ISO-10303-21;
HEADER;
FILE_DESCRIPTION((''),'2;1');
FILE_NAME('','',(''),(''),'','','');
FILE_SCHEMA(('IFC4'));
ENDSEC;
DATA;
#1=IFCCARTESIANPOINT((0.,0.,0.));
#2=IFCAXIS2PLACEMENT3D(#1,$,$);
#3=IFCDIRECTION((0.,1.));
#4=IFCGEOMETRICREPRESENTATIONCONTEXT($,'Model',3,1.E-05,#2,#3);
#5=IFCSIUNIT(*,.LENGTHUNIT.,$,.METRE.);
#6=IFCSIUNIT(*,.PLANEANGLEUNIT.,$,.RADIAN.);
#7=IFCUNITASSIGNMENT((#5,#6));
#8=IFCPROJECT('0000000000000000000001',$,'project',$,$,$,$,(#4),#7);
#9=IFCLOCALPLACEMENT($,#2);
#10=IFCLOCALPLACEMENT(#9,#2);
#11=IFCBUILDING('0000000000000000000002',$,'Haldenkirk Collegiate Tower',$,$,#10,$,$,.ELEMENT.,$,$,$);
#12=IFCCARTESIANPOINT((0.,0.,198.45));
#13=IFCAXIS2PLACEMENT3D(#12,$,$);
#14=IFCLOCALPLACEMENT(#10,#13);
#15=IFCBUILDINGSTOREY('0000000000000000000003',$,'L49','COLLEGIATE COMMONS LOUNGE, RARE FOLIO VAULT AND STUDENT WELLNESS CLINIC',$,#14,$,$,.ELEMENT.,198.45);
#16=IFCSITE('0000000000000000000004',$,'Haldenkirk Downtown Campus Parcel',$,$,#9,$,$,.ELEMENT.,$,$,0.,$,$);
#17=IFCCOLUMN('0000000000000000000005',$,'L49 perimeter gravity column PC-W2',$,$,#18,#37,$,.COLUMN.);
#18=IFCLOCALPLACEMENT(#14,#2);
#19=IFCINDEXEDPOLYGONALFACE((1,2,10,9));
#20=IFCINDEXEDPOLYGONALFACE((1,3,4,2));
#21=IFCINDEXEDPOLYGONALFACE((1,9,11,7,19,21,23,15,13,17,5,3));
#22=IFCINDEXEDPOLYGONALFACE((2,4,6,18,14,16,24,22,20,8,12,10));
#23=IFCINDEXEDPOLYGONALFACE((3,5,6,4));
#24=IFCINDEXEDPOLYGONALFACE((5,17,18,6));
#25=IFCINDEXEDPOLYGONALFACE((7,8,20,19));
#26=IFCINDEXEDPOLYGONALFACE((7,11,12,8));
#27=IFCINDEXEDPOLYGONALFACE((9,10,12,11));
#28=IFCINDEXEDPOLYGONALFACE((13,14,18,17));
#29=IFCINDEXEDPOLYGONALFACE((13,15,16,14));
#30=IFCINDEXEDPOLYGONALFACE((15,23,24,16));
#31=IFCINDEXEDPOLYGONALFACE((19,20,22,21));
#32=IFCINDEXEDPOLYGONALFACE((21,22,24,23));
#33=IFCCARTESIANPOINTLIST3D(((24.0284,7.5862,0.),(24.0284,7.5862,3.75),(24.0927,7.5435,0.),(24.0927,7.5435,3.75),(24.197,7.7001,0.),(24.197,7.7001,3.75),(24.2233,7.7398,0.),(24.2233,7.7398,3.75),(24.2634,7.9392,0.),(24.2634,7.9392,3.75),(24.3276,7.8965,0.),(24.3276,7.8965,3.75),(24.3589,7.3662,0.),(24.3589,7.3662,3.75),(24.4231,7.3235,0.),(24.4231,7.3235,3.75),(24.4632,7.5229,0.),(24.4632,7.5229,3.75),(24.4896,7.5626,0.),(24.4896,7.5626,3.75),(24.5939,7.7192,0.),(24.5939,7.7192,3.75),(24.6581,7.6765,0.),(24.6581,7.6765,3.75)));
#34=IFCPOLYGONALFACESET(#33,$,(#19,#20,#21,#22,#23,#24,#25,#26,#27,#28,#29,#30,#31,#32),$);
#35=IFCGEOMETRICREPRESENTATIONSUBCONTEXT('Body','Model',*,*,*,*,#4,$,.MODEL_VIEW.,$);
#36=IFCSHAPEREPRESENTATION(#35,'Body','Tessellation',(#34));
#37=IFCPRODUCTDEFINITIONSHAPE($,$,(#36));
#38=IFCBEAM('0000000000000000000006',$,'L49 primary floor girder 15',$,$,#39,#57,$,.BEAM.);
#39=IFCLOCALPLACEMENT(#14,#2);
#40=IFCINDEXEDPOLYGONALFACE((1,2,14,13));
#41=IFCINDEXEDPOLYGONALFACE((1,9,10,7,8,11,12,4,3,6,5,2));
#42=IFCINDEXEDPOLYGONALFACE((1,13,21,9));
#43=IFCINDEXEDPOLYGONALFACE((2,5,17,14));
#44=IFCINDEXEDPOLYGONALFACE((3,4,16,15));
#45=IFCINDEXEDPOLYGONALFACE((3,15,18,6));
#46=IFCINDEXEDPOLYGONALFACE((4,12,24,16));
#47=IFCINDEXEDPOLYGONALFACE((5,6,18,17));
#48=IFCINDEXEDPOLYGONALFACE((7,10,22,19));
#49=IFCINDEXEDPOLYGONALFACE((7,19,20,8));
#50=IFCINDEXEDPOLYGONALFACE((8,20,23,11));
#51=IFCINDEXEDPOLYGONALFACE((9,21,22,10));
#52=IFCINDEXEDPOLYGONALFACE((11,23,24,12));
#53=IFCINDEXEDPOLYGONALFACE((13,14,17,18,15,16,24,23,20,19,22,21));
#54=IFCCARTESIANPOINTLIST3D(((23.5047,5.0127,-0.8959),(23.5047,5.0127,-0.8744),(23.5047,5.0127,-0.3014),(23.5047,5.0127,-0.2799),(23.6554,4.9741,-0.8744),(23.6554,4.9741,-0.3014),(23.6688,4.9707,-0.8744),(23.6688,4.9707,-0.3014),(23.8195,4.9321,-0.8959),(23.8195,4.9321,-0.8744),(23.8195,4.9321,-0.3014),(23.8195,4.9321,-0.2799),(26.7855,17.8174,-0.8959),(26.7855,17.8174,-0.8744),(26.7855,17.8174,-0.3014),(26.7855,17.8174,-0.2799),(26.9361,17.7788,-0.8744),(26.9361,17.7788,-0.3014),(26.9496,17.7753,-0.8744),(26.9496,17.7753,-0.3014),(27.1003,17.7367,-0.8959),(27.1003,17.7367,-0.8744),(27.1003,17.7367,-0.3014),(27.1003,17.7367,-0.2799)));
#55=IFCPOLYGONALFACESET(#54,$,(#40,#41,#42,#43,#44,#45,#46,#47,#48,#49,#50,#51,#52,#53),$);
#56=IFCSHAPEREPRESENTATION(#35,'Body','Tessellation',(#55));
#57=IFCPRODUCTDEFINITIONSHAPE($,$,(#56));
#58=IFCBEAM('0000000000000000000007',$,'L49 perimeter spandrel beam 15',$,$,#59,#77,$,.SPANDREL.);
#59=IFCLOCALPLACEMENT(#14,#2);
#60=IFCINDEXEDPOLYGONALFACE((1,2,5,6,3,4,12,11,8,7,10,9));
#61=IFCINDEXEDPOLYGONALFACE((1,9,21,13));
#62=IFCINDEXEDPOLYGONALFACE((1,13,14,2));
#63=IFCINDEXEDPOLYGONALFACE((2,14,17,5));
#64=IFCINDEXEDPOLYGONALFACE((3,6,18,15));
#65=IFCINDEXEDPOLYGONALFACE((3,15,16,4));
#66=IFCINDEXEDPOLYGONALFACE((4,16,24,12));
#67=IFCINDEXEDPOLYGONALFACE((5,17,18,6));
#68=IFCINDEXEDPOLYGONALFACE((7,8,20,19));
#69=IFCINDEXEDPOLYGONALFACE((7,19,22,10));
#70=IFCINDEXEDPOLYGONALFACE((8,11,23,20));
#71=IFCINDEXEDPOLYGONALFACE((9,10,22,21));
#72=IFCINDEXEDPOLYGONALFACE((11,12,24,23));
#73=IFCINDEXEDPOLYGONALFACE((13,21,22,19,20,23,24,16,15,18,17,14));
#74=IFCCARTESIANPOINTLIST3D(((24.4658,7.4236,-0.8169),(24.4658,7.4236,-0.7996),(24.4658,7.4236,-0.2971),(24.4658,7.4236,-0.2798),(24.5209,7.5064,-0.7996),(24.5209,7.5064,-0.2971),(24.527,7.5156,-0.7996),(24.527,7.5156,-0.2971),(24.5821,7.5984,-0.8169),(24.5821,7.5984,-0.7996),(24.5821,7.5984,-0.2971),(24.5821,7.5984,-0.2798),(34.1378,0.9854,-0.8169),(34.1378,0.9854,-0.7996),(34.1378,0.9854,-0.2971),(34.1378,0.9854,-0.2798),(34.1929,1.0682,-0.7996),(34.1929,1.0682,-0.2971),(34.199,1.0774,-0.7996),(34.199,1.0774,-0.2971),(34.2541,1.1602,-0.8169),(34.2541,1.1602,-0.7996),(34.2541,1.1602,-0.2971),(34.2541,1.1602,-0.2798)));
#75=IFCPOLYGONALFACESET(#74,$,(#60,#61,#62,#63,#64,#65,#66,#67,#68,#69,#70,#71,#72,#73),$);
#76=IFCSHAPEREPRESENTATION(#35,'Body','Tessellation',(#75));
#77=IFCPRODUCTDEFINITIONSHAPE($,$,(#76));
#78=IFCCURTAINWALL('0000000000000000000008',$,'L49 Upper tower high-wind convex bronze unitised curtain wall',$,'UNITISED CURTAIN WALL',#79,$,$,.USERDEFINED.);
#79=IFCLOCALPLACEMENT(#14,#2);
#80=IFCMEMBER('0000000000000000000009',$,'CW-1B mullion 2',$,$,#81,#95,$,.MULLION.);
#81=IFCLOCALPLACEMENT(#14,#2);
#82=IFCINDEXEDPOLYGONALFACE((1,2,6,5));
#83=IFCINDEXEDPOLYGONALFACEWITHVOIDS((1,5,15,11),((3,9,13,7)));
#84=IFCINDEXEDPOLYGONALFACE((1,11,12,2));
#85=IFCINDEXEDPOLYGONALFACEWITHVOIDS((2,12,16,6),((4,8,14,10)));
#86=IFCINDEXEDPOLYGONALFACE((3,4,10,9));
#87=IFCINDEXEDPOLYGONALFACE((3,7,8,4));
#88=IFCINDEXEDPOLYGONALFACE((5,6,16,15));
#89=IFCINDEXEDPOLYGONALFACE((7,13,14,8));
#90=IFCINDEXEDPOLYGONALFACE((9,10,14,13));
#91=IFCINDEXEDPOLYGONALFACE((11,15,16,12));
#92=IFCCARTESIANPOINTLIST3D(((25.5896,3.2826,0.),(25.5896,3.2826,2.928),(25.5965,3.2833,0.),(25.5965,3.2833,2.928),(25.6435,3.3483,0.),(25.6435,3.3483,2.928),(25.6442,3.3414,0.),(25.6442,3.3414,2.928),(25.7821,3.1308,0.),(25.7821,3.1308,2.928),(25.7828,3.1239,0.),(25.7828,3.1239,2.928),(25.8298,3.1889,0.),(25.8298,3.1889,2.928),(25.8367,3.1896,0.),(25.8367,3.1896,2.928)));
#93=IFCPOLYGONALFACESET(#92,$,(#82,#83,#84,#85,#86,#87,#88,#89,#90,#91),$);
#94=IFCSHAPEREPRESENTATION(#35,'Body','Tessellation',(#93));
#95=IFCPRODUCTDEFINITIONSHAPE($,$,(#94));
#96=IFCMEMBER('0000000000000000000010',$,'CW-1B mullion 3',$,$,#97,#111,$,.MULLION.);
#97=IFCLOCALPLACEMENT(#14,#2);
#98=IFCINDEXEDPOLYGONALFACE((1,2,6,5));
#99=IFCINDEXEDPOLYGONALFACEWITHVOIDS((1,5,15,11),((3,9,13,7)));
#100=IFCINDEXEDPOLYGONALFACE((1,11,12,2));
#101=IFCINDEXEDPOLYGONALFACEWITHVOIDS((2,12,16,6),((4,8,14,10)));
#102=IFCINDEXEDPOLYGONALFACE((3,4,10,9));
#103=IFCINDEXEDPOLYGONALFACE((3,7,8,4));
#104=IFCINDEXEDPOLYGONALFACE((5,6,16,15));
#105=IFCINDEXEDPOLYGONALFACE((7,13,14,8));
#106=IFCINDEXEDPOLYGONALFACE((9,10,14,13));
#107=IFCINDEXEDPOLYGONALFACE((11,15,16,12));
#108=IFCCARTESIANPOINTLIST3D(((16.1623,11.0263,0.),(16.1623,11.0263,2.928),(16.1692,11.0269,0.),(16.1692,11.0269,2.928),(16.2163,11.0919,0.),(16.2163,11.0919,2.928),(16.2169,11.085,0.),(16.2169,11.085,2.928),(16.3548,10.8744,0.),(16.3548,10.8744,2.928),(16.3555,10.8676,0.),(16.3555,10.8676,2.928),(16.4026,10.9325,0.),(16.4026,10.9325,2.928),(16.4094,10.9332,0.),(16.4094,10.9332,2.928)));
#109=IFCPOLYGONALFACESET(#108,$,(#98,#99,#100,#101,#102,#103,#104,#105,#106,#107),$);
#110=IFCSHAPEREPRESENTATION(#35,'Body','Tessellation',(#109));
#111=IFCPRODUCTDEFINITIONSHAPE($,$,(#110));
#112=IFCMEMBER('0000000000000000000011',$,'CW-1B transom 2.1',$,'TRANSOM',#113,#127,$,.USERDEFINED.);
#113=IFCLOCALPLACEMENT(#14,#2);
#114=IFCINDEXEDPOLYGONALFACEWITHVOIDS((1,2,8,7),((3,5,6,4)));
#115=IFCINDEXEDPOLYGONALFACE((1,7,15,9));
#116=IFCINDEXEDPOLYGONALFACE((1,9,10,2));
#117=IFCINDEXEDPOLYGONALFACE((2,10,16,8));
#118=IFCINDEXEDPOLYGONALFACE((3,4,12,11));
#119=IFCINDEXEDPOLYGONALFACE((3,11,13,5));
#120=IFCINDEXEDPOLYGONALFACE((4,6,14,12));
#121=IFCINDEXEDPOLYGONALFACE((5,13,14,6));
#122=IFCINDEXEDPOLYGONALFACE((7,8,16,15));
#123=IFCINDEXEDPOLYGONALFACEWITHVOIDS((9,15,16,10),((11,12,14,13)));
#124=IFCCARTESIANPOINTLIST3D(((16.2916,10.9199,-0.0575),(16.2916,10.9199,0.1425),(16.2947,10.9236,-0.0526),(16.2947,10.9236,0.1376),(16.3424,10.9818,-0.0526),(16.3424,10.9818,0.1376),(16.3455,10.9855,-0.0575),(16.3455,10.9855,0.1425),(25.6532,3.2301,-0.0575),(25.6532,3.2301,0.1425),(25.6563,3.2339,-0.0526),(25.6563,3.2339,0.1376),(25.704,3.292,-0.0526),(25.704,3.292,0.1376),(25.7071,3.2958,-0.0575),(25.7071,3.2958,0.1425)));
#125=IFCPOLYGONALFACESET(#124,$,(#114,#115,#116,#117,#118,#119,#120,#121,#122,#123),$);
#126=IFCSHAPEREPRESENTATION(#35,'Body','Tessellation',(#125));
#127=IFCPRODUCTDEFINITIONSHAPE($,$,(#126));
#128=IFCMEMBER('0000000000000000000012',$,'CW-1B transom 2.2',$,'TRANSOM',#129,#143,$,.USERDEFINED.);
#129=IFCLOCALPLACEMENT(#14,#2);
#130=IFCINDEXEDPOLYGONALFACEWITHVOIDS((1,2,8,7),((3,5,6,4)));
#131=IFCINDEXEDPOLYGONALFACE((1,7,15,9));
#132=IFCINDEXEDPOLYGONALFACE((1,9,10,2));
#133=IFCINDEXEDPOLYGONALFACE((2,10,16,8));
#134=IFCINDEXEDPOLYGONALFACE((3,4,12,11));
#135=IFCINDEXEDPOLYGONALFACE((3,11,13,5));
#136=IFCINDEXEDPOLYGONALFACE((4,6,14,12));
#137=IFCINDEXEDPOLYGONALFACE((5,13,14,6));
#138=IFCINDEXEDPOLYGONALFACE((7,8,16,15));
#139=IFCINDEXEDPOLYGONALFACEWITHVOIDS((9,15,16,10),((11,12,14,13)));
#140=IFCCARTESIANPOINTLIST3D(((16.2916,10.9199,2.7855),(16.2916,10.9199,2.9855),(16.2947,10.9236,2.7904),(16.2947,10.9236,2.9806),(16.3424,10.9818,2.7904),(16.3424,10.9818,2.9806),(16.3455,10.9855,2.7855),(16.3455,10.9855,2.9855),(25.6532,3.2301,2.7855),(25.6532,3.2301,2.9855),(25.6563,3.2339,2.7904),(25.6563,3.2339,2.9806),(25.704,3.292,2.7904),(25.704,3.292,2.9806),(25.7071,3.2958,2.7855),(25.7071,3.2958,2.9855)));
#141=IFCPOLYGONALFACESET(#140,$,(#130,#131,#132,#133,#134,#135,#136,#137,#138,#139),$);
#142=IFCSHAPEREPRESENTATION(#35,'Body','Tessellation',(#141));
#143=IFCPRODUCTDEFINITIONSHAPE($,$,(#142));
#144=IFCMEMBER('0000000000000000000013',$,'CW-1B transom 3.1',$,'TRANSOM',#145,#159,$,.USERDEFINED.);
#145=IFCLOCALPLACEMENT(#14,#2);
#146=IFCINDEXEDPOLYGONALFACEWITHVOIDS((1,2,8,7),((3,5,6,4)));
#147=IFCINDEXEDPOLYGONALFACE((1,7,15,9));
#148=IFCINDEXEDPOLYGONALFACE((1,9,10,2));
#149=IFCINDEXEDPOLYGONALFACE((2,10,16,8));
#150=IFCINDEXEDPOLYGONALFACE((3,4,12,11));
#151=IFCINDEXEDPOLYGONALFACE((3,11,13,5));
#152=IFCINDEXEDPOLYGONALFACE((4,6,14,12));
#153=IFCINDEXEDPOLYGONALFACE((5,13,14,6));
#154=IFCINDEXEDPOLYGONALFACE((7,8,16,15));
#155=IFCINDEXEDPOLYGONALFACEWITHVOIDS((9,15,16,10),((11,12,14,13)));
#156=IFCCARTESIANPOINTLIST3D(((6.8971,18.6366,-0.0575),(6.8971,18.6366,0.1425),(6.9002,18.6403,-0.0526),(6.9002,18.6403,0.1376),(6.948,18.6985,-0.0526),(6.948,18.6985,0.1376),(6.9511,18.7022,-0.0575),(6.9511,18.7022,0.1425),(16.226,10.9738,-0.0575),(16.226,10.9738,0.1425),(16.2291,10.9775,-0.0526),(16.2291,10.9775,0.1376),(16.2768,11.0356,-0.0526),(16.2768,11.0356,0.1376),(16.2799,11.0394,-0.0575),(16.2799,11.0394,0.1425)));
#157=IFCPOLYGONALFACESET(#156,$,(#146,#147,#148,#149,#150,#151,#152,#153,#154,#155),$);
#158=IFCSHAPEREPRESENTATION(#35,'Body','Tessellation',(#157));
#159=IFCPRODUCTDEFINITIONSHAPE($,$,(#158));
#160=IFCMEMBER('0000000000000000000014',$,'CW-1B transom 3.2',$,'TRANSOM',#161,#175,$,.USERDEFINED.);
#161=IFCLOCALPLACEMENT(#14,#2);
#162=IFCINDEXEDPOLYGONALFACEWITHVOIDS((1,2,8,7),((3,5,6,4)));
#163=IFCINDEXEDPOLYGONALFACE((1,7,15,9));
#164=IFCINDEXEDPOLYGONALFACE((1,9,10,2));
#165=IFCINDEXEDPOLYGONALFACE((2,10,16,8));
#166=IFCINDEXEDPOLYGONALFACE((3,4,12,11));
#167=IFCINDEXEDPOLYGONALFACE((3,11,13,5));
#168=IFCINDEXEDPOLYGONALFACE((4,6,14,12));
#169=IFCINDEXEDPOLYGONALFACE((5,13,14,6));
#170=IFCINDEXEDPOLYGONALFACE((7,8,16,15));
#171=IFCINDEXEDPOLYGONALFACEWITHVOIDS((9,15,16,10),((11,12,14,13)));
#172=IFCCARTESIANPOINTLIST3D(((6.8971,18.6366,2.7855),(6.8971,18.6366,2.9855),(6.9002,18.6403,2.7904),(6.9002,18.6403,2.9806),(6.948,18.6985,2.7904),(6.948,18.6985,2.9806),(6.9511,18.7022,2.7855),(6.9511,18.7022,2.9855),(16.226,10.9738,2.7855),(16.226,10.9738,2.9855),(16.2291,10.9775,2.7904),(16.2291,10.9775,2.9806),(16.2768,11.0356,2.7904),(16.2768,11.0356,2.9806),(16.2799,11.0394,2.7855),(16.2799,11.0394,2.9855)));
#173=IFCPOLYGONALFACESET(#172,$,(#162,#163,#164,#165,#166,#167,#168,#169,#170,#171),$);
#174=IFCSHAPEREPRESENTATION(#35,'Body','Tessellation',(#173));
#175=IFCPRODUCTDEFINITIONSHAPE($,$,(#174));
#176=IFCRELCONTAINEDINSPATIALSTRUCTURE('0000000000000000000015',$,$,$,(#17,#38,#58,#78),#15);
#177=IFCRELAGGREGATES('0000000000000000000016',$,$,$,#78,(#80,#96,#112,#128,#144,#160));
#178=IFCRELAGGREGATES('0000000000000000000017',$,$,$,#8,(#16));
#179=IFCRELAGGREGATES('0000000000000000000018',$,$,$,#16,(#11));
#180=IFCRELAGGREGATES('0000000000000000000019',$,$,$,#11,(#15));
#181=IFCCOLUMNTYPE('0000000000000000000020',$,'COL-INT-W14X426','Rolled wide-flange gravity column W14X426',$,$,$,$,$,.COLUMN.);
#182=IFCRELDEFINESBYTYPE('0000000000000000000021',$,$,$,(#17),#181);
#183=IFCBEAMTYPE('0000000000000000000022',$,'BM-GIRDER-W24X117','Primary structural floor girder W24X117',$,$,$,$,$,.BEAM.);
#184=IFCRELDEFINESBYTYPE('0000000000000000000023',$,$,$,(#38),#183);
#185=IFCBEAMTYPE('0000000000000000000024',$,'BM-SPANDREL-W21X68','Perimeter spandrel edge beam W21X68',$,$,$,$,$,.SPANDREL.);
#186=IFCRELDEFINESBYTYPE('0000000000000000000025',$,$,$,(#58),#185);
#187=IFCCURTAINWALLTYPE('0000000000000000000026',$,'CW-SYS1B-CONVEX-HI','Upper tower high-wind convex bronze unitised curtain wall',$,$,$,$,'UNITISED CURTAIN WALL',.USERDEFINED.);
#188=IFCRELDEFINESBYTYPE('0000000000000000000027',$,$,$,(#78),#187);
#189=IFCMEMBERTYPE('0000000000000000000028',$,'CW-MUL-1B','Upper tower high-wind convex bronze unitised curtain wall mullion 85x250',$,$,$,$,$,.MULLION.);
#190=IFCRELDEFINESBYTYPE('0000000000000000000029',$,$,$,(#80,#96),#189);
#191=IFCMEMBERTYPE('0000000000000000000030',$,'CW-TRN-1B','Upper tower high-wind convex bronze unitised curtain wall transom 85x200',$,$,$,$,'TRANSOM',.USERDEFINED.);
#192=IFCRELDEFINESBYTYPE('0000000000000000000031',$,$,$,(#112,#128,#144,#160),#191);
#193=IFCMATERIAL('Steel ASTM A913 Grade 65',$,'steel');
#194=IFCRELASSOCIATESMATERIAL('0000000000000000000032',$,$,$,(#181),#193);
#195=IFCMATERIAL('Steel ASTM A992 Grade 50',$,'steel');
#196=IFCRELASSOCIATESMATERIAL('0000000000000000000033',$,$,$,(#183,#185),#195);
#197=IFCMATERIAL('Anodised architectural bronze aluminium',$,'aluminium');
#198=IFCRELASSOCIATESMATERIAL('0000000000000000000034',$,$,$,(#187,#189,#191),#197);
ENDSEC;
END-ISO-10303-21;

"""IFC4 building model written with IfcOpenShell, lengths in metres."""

from ifc_helpers import new_model, si_unit, direction, frame, origin, origin_2d, place, context, subcontext, project, spatial, hollow_rectangle, i_section, extrude, material, material_profile, profile_set, type_object, element, aggregate, save


model = new_model("IFC4")

# Units and contexts
model_context = context("Model", 3, precision=1e-05, world=origin(), true_north=direction((0.0, 1.0)))
body_context = subcontext(model_context, "Body", "Model", "MODEL_VIEW")
ifc_project = project(units=[si_unit("LENGTHUNIT", "METRE"), si_unit("PLANEANGLEUNIT", "RADIAN")], contexts=[model_context])

# Site, building, storey
site_placement = place(None, origin())
site = spatial("IfcSite", under=ifc_project, at=site_placement, Name="Haldenkirk Downtown Campus Parcel", CompositionType="ELEMENT", RefElevation=0.0)
building_placement = place(site_placement, origin())
building = spatial("IfcBuilding", under=site, at=building_placement, Name="Haldenkirk Collegiate Tower", CompositionType="ELEMENT")
storey_placement = place(building_placement, frame((0.0, 0.0, 198.45)))
storey = spatial("IfcBuildingStorey", under=building, at=storey_placement, Name="L49", Description="COLLEGIATE COMMONS LOUNGE, RARE FOLIO VAULT AND STUDENT WELLNESS CLINIC", CompositionType="ELEMENT", Elevation=198.45)

# Column
ifc_material_1 = material(Name="Steel ASTM A913 Grade 65", Category="steel")
ifc_material_profile_1 = material_profile(ifc_material_1, i_section(OverallWidth=0.4241, OverallDepth=0.4741, WebThickness=0.0476, FlangeThickness=0.0771, at=origin_2d()), Name="W14X426")
ifc_profile_set_1 = profile_set([ifc_material_profile_1], Name="Steel ASTM A913 Grade 65")
column_type = type_object("IfcColumnType", Name="COL-INT-W14X426", Description="Rolled wide-flange gravity column W14X426", PredefinedType="COLUMN", material=ifc_profile_set_1)
column_placement = place(storey_placement, frame((24.3433, 7.6313, 0.0), z_axis=(0.0, 0.0, 1.0), x_axis=(0.554118, 0.832438, 0.0)))
element("IfcColumn", 1, at=column_placement, inside=storey, type_object=column_type, Name="L49 perimeter gravity column PC-W2", PredefinedType="COLUMN", context=body_context, shape_type="SweptSolid", body=[
    extrude(i_section(OverallWidth=0.4241, OverallDepth=0.4741, WebThickness=0.0476, FlangeThickness=0.0771, at=origin_2d()), origin(), (0.0, 0.0, 1.0), 3.75),
])

# Beams
ifc_material_2 = material(Name="Steel ASTM A992 Grade 50", Category="steel")
ifc_material_profile_2 = material_profile(ifc_material_2, i_section(OverallWidth=0.325, OverallDepth=0.616, WebThickness=0.0139, FlangeThickness=0.0215, at=origin_2d()), Name="W24X117")
ifc_profile_set_2 = profile_set([ifc_material_profile_2], Name="Steel ASTM A992 Grade 50")
beam_type_1 = type_object("IfcBeamType", Name="BM-GIRDER-W24X117", Description="Primary structural floor girder W24X117", PredefinedType="BEAM", material=ifc_profile_set_2)
beam_1_placement = place(storey_placement, frame((23.6621, 4.9724, -0.5879), z_axis=(0.248198, 0.968709, 0.0), x_axis=(-0.968709, 0.248198, 0.0)))
element("IfcBeam", 2, at=beam_1_placement, inside=storey, type_object=beam_type_1, Name="L49 primary floor girder 15", PredefinedType="BEAM", context=body_context, shape_type="SweptSolid", body=[
    extrude(i_section(OverallWidth=0.325, OverallDepth=0.616, WebThickness=0.0139, FlangeThickness=0.0215, at=origin_2d()), origin(), (0.0, 0.0, 1.0), 13.2183),
])
ifc_material_profile_3 = material_profile(ifc_material_2, i_section(OverallWidth=0.21, OverallDepth=0.5371, WebThickness=0.011, FlangeThickness=0.0173, at=origin_2d()), Name="W21X68")
ifc_profile_set_3 = profile_set([ifc_material_profile_3], Name="Steel ASTM A992 Grade 50")
beam_type_2 = type_object("IfcBeamType", Name="BM-SPANDREL-W21X68", Description="Perimeter spandrel edge beam W21X68", PredefinedType="SPANDREL", material=ifc_profile_set_3)
beam_2_placement = place(storey_placement, frame((24.5239, 7.511, -0.5483), z_axis=(0.832441, -0.554113, 0.0), x_axis=(0.554113, 0.832441, 0.0)))
element("IfcBeam", 3, at=beam_2_placement, inside=storey, type_object=beam_type_2, Name="L49 perimeter spandrel beam 15", PredefinedType="SPANDREL", context=body_context, shape_type="SweptSolid", body=[
    extrude(i_section(OverallWidth=0.21, OverallDepth=0.5371, WebThickness=0.011, FlangeThickness=0.0173, at=origin_2d()), origin(), (0.0, 0.0, 1.0), 11.6189),
])

# Curtain wall, members
ifc_material_3 = material(Name="Anodised architectural bronze aluminium", Category="aluminium")
curtain_wall_type = type_object("IfcCurtainWallType", Name="CW-SYS1B-CONVEX-HI", Description="Upper tower high-wind convex bronze unitised curtain wall", ElementType="UNITISED CURTAIN WALL", PredefinedType="USERDEFINED", material=ifc_material_3)
curtain_wall_placement = place(storey_placement, origin())
curtain_wall = element("IfcCurtainWall", 4, at=curtain_wall_placement, inside=storey, type_object=curtain_wall_type, Name="L49 Upper tower high-wind convex bronze unitised curtain wall", ObjectType="UNITISED CURTAIN WALL", PredefinedType="USERDEFINED")
ifc_material_profile_4 = material_profile(ifc_material_3, hollow_rectangle(XDim=0.085, YDim=0.25, WallThickness=0.0049, at=origin_2d()), Name="CW-MUL-1B")
ifc_profile_set_4 = profile_set([ifc_material_profile_4], Name="Anodised architectural bronze aluminium")
member_type_1 = type_object("IfcMemberType", Name="CW-MUL-1B", Description="Upper tower high-wind convex bronze unitised curtain wall mullion 85x250", PredefinedType="MULLION", material=ifc_profile_set_4)
member_1_placement = place(storey_placement, frame((25.7131, 3.2361, 0.0), z_axis=(0.0, 0.0, 1.0), x_axis=(-0.63473, -0.772734, 0.0)))
member_1 = element("IfcMember", 5, at=member_1_placement, type_object=member_type_1, Name="CW-1B mullion 2", PredefinedType="MULLION", context=body_context, shape_type="SweptSolid", body=[
    extrude(hollow_rectangle(XDim=0.085, YDim=0.25, WallThickness=0.0049, at=origin_2d()), origin(), (0.0, 0.0, 1.0), 2.928),
])
member_2_placement = place(storey_placement, frame((16.2859, 10.9797, 0.0), z_axis=(0.0, 0.0, 1.0), x_axis=(-0.63473, -0.772734, 0.0)))
member_2 = element("IfcMember", 6, at=member_2_placement, type_object=member_type_1, Name="CW-1B mullion 3", PredefinedType="MULLION", context=body_context, shape_type="SweptSolid", body=[
    extrude(hollow_rectangle(XDim=0.085, YDim=0.25, WallThickness=0.0049, at=origin_2d()), origin(), (0.0, 0.0, 1.0), 2.928),
])
ifc_material_profile_5 = material_profile(ifc_material_3, hollow_rectangle(XDim=0.085, YDim=0.2, WallThickness=0.0049, at=origin_2d()), Name="CW-TRN-1B")
ifc_profile_set_5 = profile_set([ifc_material_profile_5], Name="Anodised architectural bronze aluminium")
member_type_2 = type_object("IfcMemberType", Name="CW-TRN-1B", Description="Upper tower high-wind convex bronze unitised curtain wall transom 85x200", ElementType="TRANSOM", PredefinedType="USERDEFINED", material=ifc_profile_set_5)
member_3_placement = place(storey_placement, frame((25.6802, 3.2629, 0.0425), z_axis=(-0.772733, 0.634731, 0.0), x_axis=(-0.634731, -0.772733, 0.0)))
member_3 = element("IfcMember", 7, at=member_3_placement, type_object=member_type_2, Name="CW-1B transom 2.1", ObjectType="TRANSOM", PredefinedType="USERDEFINED", context=body_context, shape_type="SweptSolid", body=[
    extrude(hollow_rectangle(XDim=0.085, YDim=0.2, WallThickness=0.0049, at=origin_2d()), origin(), (0.0, 0.0, 1.0), 12.115),
])
member_4_placement = place(storey_placement, frame((25.6802, 3.2629, 2.8855), z_axis=(-0.772733, 0.634731, 0.0), x_axis=(-0.634731, -0.772733, 0.0)))
member_4 = element("IfcMember", 8, at=member_4_placement, type_object=member_type_2, Name="CW-1B transom 2.2", ObjectType="TRANSOM", PredefinedType="USERDEFINED", context=body_context, shape_type="SweptSolid", body=[
    extrude(hollow_rectangle(XDim=0.085, YDim=0.2, WallThickness=0.0049, at=origin_2d()), origin(), (0.0, 0.0, 1.0), 12.115),
])
member_5_placement = place(storey_placement, frame((16.2529, 11.0066, 0.0425), z_axis=(-0.772732, 0.634732, 0.0), x_axis=(-0.634732, -0.772732, 0.0)))
member_5 = element("IfcMember", 9, at=member_5_placement, type_object=member_type_2, Name="CW-1B transom 3.1", ObjectType="TRANSOM", PredefinedType="USERDEFINED", context=body_context, shape_type="SweptSolid", body=[
    extrude(hollow_rectangle(XDim=0.085, YDim=0.2, WallThickness=0.0049, at=origin_2d()), origin(), (0.0, 0.0, 1.0), 12.0725),
])
member_6_placement = place(storey_placement, frame((16.2529, 11.0066, 2.8855), z_axis=(-0.772732, 0.634732, 0.0), x_axis=(-0.634732, -0.772732, 0.0)))
member_6 = element("IfcMember", 10, at=member_6_placement, type_object=member_type_2, Name="CW-1B transom 3.2", ObjectType="TRANSOM", PredefinedType="USERDEFINED", context=body_context, shape_type="SweptSolid", body=[
    extrude(hollow_rectangle(XDim=0.085, YDim=0.2, WallThickness=0.0049, at=origin_2d()), origin(), (0.0, 0.0, 1.0), 12.0725),
])
aggregate(curtain_wall, [member_1, member_2, member_3, member_4, member_5, member_6])

save(model, "model.ifc")
